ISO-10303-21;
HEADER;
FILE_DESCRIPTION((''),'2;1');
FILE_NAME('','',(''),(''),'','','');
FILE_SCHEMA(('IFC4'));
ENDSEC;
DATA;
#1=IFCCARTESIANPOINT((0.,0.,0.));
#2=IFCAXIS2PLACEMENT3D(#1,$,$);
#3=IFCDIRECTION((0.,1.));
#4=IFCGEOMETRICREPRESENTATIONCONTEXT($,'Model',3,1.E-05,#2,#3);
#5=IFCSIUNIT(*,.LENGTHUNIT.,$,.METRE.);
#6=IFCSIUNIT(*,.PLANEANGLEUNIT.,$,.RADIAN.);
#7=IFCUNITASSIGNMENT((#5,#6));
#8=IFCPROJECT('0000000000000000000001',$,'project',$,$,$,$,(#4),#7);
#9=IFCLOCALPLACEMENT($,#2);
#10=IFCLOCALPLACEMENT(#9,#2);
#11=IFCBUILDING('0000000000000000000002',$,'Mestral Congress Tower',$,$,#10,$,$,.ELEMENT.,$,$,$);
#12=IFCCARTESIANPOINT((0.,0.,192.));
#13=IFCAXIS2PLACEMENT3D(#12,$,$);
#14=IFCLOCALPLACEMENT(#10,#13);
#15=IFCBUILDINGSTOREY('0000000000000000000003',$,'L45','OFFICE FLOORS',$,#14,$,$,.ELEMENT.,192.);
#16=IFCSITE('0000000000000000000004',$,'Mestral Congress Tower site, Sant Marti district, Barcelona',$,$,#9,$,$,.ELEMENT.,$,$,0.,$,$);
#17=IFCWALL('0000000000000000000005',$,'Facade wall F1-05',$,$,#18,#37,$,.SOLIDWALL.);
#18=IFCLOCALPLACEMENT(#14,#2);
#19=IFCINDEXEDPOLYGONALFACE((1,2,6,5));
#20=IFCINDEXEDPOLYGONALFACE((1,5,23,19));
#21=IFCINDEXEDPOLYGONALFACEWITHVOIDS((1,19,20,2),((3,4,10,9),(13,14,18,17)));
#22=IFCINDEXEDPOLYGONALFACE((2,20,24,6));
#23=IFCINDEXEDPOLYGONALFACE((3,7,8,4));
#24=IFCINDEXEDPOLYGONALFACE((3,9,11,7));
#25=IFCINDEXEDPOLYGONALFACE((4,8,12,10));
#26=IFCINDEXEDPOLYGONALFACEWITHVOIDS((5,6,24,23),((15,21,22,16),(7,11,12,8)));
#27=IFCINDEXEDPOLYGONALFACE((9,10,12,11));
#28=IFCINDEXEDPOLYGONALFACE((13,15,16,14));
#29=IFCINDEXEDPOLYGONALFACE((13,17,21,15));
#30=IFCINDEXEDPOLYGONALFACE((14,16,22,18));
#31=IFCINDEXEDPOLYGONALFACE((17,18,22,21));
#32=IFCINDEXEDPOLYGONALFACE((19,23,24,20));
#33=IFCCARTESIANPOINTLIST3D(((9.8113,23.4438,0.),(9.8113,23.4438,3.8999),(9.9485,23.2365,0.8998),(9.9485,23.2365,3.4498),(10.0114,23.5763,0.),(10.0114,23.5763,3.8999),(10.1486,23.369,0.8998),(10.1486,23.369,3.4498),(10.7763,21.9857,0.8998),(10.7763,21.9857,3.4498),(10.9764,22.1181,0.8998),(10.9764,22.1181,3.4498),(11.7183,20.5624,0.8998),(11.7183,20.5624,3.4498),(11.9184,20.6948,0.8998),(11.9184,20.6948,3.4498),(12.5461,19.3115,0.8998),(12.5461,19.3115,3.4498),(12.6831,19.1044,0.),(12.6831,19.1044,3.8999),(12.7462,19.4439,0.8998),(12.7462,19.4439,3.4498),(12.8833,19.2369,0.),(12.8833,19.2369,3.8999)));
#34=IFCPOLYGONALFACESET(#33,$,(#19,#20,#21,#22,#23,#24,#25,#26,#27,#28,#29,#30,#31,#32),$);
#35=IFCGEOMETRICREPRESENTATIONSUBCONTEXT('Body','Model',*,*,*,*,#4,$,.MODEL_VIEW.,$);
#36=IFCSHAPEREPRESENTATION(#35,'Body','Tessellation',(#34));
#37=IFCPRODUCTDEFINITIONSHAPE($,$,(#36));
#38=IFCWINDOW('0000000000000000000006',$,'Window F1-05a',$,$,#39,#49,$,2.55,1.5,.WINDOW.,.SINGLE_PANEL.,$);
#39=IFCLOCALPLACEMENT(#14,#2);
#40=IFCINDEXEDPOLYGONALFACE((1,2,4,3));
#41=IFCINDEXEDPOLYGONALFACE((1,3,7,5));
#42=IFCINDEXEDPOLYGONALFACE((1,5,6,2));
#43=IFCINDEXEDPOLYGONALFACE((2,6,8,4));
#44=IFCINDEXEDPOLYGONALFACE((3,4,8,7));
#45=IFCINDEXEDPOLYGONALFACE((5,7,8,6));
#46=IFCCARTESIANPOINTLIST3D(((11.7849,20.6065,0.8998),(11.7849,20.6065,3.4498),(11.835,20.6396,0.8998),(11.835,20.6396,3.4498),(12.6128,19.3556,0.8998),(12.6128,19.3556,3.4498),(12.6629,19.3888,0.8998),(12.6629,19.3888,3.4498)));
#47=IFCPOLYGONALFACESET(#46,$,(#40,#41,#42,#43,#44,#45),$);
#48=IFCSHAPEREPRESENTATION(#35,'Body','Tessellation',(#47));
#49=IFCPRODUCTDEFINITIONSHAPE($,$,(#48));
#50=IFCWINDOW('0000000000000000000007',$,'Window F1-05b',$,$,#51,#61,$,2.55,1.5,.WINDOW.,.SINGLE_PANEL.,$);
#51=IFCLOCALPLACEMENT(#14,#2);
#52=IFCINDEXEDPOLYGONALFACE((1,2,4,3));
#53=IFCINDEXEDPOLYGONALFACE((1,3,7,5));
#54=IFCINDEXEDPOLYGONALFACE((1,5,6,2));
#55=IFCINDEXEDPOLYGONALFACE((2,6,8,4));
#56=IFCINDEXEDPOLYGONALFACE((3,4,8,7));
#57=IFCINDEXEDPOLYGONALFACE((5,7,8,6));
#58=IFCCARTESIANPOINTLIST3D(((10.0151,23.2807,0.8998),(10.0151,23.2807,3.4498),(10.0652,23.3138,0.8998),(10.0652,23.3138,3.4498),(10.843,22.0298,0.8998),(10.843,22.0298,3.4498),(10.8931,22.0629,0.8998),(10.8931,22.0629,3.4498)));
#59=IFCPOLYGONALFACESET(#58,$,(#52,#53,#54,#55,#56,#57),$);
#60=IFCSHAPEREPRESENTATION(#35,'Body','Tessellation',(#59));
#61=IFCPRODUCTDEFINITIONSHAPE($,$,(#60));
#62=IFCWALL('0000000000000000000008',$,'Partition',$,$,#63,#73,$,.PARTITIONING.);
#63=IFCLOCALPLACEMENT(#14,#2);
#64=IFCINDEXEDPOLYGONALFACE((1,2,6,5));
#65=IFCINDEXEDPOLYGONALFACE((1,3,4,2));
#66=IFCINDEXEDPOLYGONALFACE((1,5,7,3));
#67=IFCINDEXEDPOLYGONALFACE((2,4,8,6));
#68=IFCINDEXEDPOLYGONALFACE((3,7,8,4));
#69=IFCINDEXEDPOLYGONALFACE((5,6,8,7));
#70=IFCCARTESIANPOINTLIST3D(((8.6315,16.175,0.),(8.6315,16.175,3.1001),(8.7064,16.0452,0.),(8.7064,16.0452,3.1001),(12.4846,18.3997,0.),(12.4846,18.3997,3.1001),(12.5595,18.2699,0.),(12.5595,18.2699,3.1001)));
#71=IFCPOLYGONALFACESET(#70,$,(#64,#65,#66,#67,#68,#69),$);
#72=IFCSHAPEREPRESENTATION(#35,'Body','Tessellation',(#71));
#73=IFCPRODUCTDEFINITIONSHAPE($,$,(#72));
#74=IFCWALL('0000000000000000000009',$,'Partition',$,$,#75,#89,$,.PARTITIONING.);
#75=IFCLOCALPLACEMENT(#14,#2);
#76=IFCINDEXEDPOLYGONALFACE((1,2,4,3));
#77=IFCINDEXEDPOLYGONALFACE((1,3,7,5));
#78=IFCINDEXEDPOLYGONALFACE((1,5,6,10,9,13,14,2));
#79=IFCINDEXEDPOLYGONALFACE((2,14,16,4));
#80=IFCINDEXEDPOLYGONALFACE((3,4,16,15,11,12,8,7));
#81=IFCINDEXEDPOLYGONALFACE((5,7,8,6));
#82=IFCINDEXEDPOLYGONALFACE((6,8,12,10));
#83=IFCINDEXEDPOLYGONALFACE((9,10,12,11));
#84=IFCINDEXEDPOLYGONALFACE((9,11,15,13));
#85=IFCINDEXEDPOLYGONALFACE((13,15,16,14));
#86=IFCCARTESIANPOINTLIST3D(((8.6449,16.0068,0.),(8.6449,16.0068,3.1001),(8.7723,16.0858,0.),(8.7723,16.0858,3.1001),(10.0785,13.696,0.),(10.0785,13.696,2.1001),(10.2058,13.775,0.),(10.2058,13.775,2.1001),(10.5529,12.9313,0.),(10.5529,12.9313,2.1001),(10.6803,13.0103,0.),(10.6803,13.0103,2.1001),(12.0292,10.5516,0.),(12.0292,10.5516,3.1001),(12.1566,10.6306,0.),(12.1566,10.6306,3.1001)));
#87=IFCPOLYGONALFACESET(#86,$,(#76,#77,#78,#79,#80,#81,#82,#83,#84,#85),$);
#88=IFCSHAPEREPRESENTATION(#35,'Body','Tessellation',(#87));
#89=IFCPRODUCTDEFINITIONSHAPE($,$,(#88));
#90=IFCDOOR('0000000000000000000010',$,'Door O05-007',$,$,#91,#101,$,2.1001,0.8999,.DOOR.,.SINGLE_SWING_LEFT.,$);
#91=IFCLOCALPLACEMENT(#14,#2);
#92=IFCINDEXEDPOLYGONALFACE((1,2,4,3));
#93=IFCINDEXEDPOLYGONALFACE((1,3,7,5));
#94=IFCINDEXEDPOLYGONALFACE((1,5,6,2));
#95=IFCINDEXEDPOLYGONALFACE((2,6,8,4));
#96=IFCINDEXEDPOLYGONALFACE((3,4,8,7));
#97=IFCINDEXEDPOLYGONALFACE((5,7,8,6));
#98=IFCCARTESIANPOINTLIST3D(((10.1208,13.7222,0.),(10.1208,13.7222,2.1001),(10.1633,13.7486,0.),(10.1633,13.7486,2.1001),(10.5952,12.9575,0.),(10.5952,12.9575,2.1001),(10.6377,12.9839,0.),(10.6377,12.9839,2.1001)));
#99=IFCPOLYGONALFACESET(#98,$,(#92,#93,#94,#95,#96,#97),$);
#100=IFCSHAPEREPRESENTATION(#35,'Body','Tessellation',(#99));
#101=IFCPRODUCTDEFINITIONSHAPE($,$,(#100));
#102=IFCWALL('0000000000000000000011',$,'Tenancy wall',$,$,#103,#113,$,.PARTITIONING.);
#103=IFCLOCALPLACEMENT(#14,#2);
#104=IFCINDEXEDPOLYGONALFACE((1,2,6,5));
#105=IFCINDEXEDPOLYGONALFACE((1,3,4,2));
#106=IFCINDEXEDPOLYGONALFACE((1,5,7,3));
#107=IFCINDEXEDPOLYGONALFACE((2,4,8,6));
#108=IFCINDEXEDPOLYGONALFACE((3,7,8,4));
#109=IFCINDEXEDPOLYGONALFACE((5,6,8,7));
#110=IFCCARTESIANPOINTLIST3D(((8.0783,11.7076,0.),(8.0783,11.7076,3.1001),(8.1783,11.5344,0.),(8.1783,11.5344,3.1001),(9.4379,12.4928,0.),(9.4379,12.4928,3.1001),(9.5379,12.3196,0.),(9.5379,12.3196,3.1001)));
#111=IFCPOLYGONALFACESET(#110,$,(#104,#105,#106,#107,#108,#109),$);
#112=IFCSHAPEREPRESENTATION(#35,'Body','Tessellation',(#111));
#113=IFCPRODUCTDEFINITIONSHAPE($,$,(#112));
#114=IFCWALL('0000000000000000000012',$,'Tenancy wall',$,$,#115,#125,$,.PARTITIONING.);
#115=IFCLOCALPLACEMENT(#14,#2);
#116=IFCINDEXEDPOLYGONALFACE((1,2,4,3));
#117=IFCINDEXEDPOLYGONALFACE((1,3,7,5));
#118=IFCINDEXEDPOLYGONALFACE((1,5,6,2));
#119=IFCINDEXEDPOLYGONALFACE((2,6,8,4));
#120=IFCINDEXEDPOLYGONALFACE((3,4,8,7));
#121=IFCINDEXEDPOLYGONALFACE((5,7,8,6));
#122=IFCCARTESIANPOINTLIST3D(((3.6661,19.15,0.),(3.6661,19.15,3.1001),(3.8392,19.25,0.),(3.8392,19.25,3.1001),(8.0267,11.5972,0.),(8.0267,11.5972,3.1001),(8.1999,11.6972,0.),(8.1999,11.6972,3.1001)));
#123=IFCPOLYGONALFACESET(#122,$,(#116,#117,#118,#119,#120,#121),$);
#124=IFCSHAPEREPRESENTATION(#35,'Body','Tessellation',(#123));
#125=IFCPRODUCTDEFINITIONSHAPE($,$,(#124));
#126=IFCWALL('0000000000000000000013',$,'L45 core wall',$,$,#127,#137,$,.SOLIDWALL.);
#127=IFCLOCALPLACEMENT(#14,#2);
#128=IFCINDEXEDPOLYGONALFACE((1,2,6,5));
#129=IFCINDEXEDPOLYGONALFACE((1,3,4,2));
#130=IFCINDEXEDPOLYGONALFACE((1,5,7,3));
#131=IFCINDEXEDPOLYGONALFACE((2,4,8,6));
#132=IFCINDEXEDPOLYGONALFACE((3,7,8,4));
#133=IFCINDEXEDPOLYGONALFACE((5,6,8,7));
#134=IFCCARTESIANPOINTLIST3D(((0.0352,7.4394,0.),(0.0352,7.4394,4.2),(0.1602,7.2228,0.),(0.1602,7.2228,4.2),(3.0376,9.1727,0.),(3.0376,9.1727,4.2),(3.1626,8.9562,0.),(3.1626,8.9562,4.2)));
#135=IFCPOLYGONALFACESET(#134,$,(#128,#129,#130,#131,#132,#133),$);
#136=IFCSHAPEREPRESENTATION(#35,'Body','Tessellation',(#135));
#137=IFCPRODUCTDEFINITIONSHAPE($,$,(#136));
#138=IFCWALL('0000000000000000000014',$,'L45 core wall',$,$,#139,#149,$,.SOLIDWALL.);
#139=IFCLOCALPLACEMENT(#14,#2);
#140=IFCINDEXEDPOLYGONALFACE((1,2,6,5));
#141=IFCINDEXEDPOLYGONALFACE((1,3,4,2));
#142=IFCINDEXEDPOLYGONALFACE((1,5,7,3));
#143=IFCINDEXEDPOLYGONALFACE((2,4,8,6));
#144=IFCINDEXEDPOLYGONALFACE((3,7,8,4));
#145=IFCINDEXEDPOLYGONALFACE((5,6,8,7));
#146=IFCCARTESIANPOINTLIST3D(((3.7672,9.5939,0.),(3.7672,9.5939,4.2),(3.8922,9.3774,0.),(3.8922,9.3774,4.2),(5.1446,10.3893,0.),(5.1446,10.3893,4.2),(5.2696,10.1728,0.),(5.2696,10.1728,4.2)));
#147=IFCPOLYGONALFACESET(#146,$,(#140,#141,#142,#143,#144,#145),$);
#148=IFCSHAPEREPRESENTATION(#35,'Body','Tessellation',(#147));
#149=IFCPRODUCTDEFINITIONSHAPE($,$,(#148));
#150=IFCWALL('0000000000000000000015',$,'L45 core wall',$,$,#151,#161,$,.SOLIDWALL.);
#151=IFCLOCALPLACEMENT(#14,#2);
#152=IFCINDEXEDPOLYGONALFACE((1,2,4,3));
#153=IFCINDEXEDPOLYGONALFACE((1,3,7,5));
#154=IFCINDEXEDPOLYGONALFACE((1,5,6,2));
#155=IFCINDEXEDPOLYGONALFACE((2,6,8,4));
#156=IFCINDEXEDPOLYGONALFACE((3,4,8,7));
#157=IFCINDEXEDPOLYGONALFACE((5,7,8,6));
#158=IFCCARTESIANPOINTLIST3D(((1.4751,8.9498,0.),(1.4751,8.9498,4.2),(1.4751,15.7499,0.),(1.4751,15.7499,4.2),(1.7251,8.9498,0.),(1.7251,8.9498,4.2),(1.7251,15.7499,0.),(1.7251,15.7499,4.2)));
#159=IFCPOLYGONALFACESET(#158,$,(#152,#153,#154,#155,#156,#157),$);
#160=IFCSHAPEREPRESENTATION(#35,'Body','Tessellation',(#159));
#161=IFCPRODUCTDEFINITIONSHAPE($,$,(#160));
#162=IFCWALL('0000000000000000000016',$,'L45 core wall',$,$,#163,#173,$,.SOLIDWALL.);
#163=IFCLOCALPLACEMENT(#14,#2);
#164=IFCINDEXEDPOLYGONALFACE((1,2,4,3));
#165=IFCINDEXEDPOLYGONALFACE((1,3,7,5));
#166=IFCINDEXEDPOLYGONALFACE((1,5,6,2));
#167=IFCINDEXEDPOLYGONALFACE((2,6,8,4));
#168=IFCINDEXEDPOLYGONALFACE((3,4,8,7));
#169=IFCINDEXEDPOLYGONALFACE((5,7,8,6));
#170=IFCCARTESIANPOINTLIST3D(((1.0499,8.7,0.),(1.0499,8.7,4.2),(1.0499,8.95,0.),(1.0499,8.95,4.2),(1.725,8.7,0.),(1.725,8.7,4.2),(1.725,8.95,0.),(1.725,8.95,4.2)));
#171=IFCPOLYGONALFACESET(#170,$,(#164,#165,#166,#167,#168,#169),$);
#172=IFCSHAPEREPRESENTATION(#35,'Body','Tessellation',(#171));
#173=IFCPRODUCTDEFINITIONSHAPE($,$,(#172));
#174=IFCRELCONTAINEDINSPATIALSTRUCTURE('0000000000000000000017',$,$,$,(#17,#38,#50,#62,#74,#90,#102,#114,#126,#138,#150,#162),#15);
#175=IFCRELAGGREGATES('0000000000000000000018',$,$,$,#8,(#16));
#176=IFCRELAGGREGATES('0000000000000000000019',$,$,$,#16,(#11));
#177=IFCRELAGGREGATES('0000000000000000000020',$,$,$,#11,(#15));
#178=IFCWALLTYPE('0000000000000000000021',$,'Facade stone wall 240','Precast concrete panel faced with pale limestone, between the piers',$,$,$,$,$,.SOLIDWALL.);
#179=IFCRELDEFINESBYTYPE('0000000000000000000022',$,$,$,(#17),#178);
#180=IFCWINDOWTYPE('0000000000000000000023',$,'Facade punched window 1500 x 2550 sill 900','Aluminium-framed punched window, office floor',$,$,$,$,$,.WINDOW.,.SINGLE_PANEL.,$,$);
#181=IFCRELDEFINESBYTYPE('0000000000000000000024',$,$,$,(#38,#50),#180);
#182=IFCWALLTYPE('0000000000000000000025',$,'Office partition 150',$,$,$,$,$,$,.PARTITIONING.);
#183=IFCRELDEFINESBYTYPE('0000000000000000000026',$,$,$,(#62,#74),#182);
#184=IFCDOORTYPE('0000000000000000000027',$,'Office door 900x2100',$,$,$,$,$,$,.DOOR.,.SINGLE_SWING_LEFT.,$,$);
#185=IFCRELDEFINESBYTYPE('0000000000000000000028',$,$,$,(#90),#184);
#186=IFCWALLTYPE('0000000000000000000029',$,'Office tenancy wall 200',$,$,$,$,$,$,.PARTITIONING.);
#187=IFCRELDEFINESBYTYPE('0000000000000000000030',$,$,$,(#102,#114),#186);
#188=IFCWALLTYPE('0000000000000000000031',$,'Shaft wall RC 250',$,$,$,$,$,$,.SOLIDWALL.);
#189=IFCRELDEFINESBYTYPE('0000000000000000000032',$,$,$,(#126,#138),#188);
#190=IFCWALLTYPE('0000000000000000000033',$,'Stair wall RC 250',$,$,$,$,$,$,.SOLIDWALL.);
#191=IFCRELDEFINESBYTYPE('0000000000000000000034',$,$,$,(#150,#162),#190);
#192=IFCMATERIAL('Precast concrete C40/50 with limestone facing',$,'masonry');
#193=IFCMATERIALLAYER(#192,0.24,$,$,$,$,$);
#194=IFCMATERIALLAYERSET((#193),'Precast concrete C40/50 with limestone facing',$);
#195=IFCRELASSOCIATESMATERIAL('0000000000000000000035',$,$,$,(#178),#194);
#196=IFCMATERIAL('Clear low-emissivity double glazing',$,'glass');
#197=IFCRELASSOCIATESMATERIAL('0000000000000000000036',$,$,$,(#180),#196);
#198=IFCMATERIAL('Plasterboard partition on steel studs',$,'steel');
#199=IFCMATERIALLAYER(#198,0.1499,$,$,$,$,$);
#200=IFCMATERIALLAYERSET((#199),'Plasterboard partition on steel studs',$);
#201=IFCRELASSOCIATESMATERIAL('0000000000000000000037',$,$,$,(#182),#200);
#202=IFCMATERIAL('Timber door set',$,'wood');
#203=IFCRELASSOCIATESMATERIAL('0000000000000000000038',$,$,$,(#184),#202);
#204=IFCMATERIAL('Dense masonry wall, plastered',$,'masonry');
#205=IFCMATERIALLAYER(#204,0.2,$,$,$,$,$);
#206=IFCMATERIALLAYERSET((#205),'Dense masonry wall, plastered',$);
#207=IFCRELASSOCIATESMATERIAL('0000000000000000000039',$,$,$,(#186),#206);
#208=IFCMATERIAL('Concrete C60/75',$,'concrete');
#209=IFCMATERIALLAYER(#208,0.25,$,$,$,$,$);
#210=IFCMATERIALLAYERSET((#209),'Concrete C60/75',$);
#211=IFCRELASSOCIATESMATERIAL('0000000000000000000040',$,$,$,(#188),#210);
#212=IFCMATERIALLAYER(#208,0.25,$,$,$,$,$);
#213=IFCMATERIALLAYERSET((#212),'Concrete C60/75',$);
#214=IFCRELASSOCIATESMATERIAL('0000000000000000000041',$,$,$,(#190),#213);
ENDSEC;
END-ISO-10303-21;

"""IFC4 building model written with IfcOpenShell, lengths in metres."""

from ifc_helpers import new_model, si_unit, direction, frame, frame_2d, origin, place, context, subcontext, project, spatial, rectangle, extrude, material, layer, layer_set, type_object, element, fill, save


model = new_model("IFC4")

# Units and contexts
model_context = context("Model", 3, precision=1e-05, world=origin(), true_north=direction((0.0, 1.0)))
body_context = subcontext(model_context, "Body", "Model", "MODEL_VIEW")
ifc_project = project(units=[si_unit("LENGTHUNIT", "METRE"), si_unit("PLANEANGLEUNIT", "RADIAN")], contexts=[model_context])

# Site, building, storey
site_placement = place(None, origin())
site = spatial("IfcSite", under=ifc_project, at=site_placement, Name="Mestral Congress Tower site, Sant Marti district, Barcelona", CompositionType="ELEMENT", RefElevation=0.0)
building_placement = place(site_placement, origin())
building = spatial("IfcBuilding", under=site, at=building_placement, Name="Mestral Congress Tower", CompositionType="ELEMENT")
storey_placement = place(building_placement, frame((0.0, 0.0, 192.0)))
storey = spatial("IfcBuildingStorey", under=building, at=storey_placement, Name="L45", Description="OFFICE FLOORS", CompositionType="ELEMENT", Elevation=192.0)

# Shared definitions
ifc_material_1 = material(Name="Concrete C60/75", Category="concrete")

# Wall, openings, windows
ifc_material_2 = material(Name="Precast concrete C40/50 with limestone facing", Category="masonry")
ifc_layer_1 = layer(ifc_material_2, 0.24)
ifc_layer_set_1 = layer_set([ifc_layer_1], Name="Precast concrete C40/50 with limestone facing")
wall_type_1 = type_object("IfcWallType", Name="Facade stone wall 240", Description="Precast concrete panel faced with pale limestone, between the piers", PredefinedType="SOLIDWALL", material=ifc_layer_set_1)
ifc_material_3 = material(Name="Clear low-emissivity double glazing", Category="glass")
window_type = type_object("IfcWindowType", Name="Facade punched window 1500 x 2550 sill 900", Description="Aluminium-framed punched window, office floor", PartitioningType="SINGLE_PANEL", PredefinedType="WINDOW", material=ifc_material_3)
wall_1_placement = place(storey_placement, frame((12.7832, 19.1707, 0.0), z_axis=(0.0, 0.0, 1.0), x_axis=(-0.551893, 0.833915, 0.0)))
wall_1 = element("IfcWall", 1, at=wall_1_placement, inside=storey, type_object=wall_type_1, Name="Facade wall F1-05", PredefinedType="SOLIDWALL", context=body_context, shape_type="SweptSolid", body=[
    extrude(rectangle(XDim=5.2036, YDim=0.24, at=frame_2d((2.6018, 0.0))), origin(), (0.0, 0.0, 1.0), 3.8999),
])
opening_1_placement = place(wall_1_placement, frame((0.2483, 0.0, 0.8999)))
opening_1 = element("IfcOpeningElement", 2, at=opening_1_placement, cuts=wall_1, PredefinedType="OPENING", context=body_context, shape_type="SweptSolid", body=[
    extrude(rectangle(XDim=1.5, YDim=2.55, at=frame_2d((0.75, 1.2749))), frame((0.0, 0.1299, 0.0), z_axis=(0.0, -1.0, 0.0), x_axis=(1.0, 0.0, 0.0)), (0.0, 0.0, 1.0), 0.26),
])
opening_2_placement = place(wall_1_placement, frame((3.4551, 0.0, 0.8999)))
opening_2 = element("IfcOpeningElement", 3, at=opening_2_placement, cuts=wall_1, PredefinedType="OPENING", context=body_context, shape_type="SweptSolid", body=[
    extrude(rectangle(XDim=1.5, YDim=2.55, at=frame_2d((0.75, 1.2749))), frame((0.0, 0.1299, 0.0), z_axis=(0.0, -1.0, 0.0), x_axis=(1.0, 0.0, 0.0)), (0.0, 0.0, 1.0), 0.26),
])
window_1_placement = place(opening_1_placement, origin())
window_1 = element("IfcWindow", 4, at=window_1_placement, inside=storey, type_object=window_type, Name="Window F1-05a", OverallHeight=2.55, OverallWidth=1.5, PartitioningType="SINGLE_PANEL", PredefinedType="WINDOW", context=body_context, shape_type="SweptSolid", body=[
    extrude(rectangle(XDim=1.5, YDim=2.55, at=frame_2d((0.75, 1.2749))), frame((0.0, 0.04, 0.0), z_axis=(0.0, -1.0, 0.0), x_axis=(1.0, 0.0, 0.0)), (0.0, 0.0, 1.0), 0.0601),
])
fill(opening_1, window_1)
window_2_placement = place(opening_2_placement, origin())
window_2 = element("IfcWindow", 5, at=window_2_placement, inside=storey, type_object=window_type, Name="Window F1-05b", OverallHeight=2.55, OverallWidth=1.5, PartitioningType="SINGLE_PANEL", PredefinedType="WINDOW", context=body_context, shape_type="SweptSolid", body=[
    extrude(rectangle(XDim=1.5, YDim=2.55, at=frame_2d((0.75, 1.2749))), frame((0.0, 0.04, 0.0), z_axis=(0.0, -1.0, 0.0), x_axis=(1.0, 0.0, 0.0)), (0.0, 0.0, 1.0), 0.0601),
])
fill(opening_2, window_2)

# Wall
ifc_material_4 = material(Name="Plasterboard partition on steel studs", Category="steel")
ifc_layer_2 = layer(ifc_material_4, 0.1499)
ifc_layer_set_2 = layer_set([ifc_layer_2], Name="Plasterboard partition on steel studs")
wall_type_2 = type_object("IfcWallType", Name="Office partition 150", PredefinedType="PARTITIONING", material=ifc_layer_set_2)
wall_2_placement = place(storey_placement, frame((8.6689, 16.1101, 0.0), z_axis=(0.0, 0.0, 1.0), x_axis=(0.866019, 0.500011, 0.0)))
element("IfcWall", 6, at=wall_2_placement, inside=storey, type_object=wall_type_2, Name="Partition", PredefinedType="PARTITIONING", context=body_context, shape_type="SweptSolid", body=[
    extrude(rectangle(XDim=4.4492, YDim=0.1499, at=frame_2d((2.2246, 0.0))), origin(), (0.0, 0.0, 1.0), 3.1001),
])

# Wall, opening, door
wall_3_placement = place(storey_placement, frame((8.7085, 16.0464, 0.0), z_axis=(0.0, 0.0, 1.0), x_axis=(0.527179, -0.849754, 0.0)))
wall_3 = element("IfcWall", 7, at=wall_3_placement, inside=storey, type_object=wall_type_2, Name="Partition", PredefinedType="PARTITIONING", context=body_context, shape_type="SweptSolid", body=[
    extrude(rectangle(XDim=6.4197, YDim=0.1499, at=frame_2d((3.21, 0.0))), origin(), (0.0, 0.0, 1.0), 3.1001),
])
opening_3_placement = place(wall_3_placement, frame((2.7195, 0.0, 0.0)))
opening_3 = element("IfcOpeningElement", 8, at=opening_3_placement, cuts=wall_3, PredefinedType="OPENING", context=body_context, shape_type="SweptSolid", body=[
    extrude(rectangle(XDim=0.8999, YDim=2.1001, at=frame_2d((0.45, 1.05))), frame((0.0, 0.085, 0.0), z_axis=(0.0, -1.0, 0.0), x_axis=(1.0, 0.0, 0.0)), (0.0, 0.0, 1.0), 0.1699),
])
ifc_material_5 = material(Name="Timber door set", Category="wood")
door_type_1 = type_object("IfcDoorType", Name="Office door 900x2100", OperationType="SINGLE_SWING_LEFT", PredefinedType="DOOR", material=ifc_material_5)
door_1_placement = place(opening_3_placement, origin())
door_1 = element("IfcDoor", 9, at=door_1_placement, inside=storey, type_object=door_type_1, Name="Door O05-007", OperationType="SINGLE_SWING_LEFT", OverallHeight=2.1001, OverallWidth=0.8999, PredefinedType="DOOR", context=body_context, shape_type="SweptSolid", body=[
    extrude(rectangle(XDim=0.8999, YDim=2.1001, at=frame_2d((0.45, 1.05))), frame((0.0, 0.0249, 0.0), z_axis=(0.0, -1.0, 0.0), x_axis=(1.0, 0.0, 0.0)), (0.0, 0.0, 1.0), 0.05),
])
fill(opening_3, door_1)

# Walls
ifc_material_6 = material(Name="Dense masonry wall, plastered", Category="masonry")
ifc_layer_3 = layer(ifc_material_6, 0.2)
ifc_layer_set_3 = layer_set([ifc_layer_3], Name="Dense masonry wall, plastered")
wall_type_3 = type_object("IfcWallType", Name="Office tenancy wall 200", PredefinedType="PARTITIONING", material=ifc_layer_set_3)
wall_4_placement = place(storey_placement, frame((9.488, 12.4062, 0.0), z_axis=(0.0, 0.0, 1.0), x_axis=(-0.865976, -0.500086, 0.0)))
element("IfcWall", 10, at=wall_4_placement, inside=storey, type_object=wall_type_3, Name="Tenancy wall", PredefinedType="PARTITIONING", context=body_context, shape_type="SweptSolid", body=[
    extrude(rectangle(XDim=1.5701, YDim=0.2, at=frame_2d((0.7852, 0.0))), origin(), (0.0, 0.0, 1.0), 3.1001),
])
wall_5_placement = place(storey_placement, frame((8.1133, 11.6472, 0.0), z_axis=(0.0, 0.0, 1.0), x_axis=(-0.500002, 0.866024, 0.0)))
element("IfcWall", 11, at=wall_5_placement, inside=storey, type_object=wall_type_3, Name="Tenancy wall", PredefinedType="PARTITIONING", context=body_context, shape_type="SweptSolid", body=[
    extrude(rectangle(XDim=8.7212, YDim=0.2, at=frame_2d((4.3606, 0.0))), origin(), (0.0, 0.0, 1.0), 3.1001),
])
ifc_layer_4 = layer(ifc_material_1, 0.25)
ifc_layer_set_4 = layer_set([ifc_layer_4], Name="Concrete C60/75")
wall_type_4 = type_object("IfcWallType", Name="Shaft wall RC 250", PredefinedType="SOLIDWALL", material=ifc_layer_set_4)
wall_6_placement = place(storey_placement, frame((3.1001, 9.0645, 0.0), z_axis=(0.0, 0.0, 1.0), x_axis=(-0.866033, -0.499987, 0.0)))
element("IfcWall", 12, at=wall_6_placement, inside=storey, type_object=wall_type_4, Name="L45 core wall", PredefinedType="SOLIDWALL", context=body_context, shape_type="SweptSolid", body=[
    extrude(rectangle(XDim=3.4668, YDim=0.25, at=frame_2d((1.7334, 0.0))), origin(), (0.0, 0.0, 1.0), 4.2),
])
wall_7_placement = place(storey_placement, frame((3.8296, 9.4856, 0.0), z_axis=(0.0, 0.0, 1.0), x_axis=(0.865986, 0.500068, 0.0)))
element("IfcWall", 13, at=wall_7_placement, inside=storey, type_object=wall_type_4, Name="L45 core wall", PredefinedType="SOLIDWALL", context=body_context, shape_type="SweptSolid", body=[
    extrude(rectangle(XDim=1.5906, YDim=0.25, at=frame_2d((0.7954, 0.0))), origin(), (0.0, 0.0, 1.0), 4.2),
])
ifc_layer_5 = layer(ifc_material_1, 0.25)
ifc_layer_set_5 = layer_set([ifc_layer_5], Name="Concrete C60/75")
wall_type_5 = type_object("IfcWallType", Name="Stair wall RC 250", PredefinedType="SOLIDWALL", material=ifc_layer_set_5)
wall_8_placement = place(storey_placement, frame((1.6001, 8.95, 0.0), z_axis=(0.0, 0.0, 1.0), x_axis=(0.0, 1.0, 0.0)))
element("IfcWall", 14, at=wall_8_placement, inside=storey, type_object=wall_type_5, Name="L45 core wall", PredefinedType="SOLIDWALL", context=body_context, shape_type="SweptSolid", body=[
    extrude(rectangle(XDim=6.8, YDim=0.25, at=frame_2d((3.3999, 0.0))), origin(), (0.0, 0.0, 1.0), 4.2),
])
wall_9_placement = place(storey_placement, frame((1.05, 8.825, 0.0), z_axis=(0.0, 0.0, 1.0), x_axis=(1.0, 0.0, 0.0)))
element("IfcWall", 15, at=wall_9_placement, inside=storey, type_object=wall_type_5, Name="L45 core wall", PredefinedType="SOLIDWALL", context=body_context, shape_type="SweptSolid", body=[
    extrude(rectangle(XDim=0.675, YDim=0.25, at=frame_2d((0.3374, 0.0))), origin(), (0.0, 0.0, 1.0), 4.2),
])

save(model, "model.ifc")
